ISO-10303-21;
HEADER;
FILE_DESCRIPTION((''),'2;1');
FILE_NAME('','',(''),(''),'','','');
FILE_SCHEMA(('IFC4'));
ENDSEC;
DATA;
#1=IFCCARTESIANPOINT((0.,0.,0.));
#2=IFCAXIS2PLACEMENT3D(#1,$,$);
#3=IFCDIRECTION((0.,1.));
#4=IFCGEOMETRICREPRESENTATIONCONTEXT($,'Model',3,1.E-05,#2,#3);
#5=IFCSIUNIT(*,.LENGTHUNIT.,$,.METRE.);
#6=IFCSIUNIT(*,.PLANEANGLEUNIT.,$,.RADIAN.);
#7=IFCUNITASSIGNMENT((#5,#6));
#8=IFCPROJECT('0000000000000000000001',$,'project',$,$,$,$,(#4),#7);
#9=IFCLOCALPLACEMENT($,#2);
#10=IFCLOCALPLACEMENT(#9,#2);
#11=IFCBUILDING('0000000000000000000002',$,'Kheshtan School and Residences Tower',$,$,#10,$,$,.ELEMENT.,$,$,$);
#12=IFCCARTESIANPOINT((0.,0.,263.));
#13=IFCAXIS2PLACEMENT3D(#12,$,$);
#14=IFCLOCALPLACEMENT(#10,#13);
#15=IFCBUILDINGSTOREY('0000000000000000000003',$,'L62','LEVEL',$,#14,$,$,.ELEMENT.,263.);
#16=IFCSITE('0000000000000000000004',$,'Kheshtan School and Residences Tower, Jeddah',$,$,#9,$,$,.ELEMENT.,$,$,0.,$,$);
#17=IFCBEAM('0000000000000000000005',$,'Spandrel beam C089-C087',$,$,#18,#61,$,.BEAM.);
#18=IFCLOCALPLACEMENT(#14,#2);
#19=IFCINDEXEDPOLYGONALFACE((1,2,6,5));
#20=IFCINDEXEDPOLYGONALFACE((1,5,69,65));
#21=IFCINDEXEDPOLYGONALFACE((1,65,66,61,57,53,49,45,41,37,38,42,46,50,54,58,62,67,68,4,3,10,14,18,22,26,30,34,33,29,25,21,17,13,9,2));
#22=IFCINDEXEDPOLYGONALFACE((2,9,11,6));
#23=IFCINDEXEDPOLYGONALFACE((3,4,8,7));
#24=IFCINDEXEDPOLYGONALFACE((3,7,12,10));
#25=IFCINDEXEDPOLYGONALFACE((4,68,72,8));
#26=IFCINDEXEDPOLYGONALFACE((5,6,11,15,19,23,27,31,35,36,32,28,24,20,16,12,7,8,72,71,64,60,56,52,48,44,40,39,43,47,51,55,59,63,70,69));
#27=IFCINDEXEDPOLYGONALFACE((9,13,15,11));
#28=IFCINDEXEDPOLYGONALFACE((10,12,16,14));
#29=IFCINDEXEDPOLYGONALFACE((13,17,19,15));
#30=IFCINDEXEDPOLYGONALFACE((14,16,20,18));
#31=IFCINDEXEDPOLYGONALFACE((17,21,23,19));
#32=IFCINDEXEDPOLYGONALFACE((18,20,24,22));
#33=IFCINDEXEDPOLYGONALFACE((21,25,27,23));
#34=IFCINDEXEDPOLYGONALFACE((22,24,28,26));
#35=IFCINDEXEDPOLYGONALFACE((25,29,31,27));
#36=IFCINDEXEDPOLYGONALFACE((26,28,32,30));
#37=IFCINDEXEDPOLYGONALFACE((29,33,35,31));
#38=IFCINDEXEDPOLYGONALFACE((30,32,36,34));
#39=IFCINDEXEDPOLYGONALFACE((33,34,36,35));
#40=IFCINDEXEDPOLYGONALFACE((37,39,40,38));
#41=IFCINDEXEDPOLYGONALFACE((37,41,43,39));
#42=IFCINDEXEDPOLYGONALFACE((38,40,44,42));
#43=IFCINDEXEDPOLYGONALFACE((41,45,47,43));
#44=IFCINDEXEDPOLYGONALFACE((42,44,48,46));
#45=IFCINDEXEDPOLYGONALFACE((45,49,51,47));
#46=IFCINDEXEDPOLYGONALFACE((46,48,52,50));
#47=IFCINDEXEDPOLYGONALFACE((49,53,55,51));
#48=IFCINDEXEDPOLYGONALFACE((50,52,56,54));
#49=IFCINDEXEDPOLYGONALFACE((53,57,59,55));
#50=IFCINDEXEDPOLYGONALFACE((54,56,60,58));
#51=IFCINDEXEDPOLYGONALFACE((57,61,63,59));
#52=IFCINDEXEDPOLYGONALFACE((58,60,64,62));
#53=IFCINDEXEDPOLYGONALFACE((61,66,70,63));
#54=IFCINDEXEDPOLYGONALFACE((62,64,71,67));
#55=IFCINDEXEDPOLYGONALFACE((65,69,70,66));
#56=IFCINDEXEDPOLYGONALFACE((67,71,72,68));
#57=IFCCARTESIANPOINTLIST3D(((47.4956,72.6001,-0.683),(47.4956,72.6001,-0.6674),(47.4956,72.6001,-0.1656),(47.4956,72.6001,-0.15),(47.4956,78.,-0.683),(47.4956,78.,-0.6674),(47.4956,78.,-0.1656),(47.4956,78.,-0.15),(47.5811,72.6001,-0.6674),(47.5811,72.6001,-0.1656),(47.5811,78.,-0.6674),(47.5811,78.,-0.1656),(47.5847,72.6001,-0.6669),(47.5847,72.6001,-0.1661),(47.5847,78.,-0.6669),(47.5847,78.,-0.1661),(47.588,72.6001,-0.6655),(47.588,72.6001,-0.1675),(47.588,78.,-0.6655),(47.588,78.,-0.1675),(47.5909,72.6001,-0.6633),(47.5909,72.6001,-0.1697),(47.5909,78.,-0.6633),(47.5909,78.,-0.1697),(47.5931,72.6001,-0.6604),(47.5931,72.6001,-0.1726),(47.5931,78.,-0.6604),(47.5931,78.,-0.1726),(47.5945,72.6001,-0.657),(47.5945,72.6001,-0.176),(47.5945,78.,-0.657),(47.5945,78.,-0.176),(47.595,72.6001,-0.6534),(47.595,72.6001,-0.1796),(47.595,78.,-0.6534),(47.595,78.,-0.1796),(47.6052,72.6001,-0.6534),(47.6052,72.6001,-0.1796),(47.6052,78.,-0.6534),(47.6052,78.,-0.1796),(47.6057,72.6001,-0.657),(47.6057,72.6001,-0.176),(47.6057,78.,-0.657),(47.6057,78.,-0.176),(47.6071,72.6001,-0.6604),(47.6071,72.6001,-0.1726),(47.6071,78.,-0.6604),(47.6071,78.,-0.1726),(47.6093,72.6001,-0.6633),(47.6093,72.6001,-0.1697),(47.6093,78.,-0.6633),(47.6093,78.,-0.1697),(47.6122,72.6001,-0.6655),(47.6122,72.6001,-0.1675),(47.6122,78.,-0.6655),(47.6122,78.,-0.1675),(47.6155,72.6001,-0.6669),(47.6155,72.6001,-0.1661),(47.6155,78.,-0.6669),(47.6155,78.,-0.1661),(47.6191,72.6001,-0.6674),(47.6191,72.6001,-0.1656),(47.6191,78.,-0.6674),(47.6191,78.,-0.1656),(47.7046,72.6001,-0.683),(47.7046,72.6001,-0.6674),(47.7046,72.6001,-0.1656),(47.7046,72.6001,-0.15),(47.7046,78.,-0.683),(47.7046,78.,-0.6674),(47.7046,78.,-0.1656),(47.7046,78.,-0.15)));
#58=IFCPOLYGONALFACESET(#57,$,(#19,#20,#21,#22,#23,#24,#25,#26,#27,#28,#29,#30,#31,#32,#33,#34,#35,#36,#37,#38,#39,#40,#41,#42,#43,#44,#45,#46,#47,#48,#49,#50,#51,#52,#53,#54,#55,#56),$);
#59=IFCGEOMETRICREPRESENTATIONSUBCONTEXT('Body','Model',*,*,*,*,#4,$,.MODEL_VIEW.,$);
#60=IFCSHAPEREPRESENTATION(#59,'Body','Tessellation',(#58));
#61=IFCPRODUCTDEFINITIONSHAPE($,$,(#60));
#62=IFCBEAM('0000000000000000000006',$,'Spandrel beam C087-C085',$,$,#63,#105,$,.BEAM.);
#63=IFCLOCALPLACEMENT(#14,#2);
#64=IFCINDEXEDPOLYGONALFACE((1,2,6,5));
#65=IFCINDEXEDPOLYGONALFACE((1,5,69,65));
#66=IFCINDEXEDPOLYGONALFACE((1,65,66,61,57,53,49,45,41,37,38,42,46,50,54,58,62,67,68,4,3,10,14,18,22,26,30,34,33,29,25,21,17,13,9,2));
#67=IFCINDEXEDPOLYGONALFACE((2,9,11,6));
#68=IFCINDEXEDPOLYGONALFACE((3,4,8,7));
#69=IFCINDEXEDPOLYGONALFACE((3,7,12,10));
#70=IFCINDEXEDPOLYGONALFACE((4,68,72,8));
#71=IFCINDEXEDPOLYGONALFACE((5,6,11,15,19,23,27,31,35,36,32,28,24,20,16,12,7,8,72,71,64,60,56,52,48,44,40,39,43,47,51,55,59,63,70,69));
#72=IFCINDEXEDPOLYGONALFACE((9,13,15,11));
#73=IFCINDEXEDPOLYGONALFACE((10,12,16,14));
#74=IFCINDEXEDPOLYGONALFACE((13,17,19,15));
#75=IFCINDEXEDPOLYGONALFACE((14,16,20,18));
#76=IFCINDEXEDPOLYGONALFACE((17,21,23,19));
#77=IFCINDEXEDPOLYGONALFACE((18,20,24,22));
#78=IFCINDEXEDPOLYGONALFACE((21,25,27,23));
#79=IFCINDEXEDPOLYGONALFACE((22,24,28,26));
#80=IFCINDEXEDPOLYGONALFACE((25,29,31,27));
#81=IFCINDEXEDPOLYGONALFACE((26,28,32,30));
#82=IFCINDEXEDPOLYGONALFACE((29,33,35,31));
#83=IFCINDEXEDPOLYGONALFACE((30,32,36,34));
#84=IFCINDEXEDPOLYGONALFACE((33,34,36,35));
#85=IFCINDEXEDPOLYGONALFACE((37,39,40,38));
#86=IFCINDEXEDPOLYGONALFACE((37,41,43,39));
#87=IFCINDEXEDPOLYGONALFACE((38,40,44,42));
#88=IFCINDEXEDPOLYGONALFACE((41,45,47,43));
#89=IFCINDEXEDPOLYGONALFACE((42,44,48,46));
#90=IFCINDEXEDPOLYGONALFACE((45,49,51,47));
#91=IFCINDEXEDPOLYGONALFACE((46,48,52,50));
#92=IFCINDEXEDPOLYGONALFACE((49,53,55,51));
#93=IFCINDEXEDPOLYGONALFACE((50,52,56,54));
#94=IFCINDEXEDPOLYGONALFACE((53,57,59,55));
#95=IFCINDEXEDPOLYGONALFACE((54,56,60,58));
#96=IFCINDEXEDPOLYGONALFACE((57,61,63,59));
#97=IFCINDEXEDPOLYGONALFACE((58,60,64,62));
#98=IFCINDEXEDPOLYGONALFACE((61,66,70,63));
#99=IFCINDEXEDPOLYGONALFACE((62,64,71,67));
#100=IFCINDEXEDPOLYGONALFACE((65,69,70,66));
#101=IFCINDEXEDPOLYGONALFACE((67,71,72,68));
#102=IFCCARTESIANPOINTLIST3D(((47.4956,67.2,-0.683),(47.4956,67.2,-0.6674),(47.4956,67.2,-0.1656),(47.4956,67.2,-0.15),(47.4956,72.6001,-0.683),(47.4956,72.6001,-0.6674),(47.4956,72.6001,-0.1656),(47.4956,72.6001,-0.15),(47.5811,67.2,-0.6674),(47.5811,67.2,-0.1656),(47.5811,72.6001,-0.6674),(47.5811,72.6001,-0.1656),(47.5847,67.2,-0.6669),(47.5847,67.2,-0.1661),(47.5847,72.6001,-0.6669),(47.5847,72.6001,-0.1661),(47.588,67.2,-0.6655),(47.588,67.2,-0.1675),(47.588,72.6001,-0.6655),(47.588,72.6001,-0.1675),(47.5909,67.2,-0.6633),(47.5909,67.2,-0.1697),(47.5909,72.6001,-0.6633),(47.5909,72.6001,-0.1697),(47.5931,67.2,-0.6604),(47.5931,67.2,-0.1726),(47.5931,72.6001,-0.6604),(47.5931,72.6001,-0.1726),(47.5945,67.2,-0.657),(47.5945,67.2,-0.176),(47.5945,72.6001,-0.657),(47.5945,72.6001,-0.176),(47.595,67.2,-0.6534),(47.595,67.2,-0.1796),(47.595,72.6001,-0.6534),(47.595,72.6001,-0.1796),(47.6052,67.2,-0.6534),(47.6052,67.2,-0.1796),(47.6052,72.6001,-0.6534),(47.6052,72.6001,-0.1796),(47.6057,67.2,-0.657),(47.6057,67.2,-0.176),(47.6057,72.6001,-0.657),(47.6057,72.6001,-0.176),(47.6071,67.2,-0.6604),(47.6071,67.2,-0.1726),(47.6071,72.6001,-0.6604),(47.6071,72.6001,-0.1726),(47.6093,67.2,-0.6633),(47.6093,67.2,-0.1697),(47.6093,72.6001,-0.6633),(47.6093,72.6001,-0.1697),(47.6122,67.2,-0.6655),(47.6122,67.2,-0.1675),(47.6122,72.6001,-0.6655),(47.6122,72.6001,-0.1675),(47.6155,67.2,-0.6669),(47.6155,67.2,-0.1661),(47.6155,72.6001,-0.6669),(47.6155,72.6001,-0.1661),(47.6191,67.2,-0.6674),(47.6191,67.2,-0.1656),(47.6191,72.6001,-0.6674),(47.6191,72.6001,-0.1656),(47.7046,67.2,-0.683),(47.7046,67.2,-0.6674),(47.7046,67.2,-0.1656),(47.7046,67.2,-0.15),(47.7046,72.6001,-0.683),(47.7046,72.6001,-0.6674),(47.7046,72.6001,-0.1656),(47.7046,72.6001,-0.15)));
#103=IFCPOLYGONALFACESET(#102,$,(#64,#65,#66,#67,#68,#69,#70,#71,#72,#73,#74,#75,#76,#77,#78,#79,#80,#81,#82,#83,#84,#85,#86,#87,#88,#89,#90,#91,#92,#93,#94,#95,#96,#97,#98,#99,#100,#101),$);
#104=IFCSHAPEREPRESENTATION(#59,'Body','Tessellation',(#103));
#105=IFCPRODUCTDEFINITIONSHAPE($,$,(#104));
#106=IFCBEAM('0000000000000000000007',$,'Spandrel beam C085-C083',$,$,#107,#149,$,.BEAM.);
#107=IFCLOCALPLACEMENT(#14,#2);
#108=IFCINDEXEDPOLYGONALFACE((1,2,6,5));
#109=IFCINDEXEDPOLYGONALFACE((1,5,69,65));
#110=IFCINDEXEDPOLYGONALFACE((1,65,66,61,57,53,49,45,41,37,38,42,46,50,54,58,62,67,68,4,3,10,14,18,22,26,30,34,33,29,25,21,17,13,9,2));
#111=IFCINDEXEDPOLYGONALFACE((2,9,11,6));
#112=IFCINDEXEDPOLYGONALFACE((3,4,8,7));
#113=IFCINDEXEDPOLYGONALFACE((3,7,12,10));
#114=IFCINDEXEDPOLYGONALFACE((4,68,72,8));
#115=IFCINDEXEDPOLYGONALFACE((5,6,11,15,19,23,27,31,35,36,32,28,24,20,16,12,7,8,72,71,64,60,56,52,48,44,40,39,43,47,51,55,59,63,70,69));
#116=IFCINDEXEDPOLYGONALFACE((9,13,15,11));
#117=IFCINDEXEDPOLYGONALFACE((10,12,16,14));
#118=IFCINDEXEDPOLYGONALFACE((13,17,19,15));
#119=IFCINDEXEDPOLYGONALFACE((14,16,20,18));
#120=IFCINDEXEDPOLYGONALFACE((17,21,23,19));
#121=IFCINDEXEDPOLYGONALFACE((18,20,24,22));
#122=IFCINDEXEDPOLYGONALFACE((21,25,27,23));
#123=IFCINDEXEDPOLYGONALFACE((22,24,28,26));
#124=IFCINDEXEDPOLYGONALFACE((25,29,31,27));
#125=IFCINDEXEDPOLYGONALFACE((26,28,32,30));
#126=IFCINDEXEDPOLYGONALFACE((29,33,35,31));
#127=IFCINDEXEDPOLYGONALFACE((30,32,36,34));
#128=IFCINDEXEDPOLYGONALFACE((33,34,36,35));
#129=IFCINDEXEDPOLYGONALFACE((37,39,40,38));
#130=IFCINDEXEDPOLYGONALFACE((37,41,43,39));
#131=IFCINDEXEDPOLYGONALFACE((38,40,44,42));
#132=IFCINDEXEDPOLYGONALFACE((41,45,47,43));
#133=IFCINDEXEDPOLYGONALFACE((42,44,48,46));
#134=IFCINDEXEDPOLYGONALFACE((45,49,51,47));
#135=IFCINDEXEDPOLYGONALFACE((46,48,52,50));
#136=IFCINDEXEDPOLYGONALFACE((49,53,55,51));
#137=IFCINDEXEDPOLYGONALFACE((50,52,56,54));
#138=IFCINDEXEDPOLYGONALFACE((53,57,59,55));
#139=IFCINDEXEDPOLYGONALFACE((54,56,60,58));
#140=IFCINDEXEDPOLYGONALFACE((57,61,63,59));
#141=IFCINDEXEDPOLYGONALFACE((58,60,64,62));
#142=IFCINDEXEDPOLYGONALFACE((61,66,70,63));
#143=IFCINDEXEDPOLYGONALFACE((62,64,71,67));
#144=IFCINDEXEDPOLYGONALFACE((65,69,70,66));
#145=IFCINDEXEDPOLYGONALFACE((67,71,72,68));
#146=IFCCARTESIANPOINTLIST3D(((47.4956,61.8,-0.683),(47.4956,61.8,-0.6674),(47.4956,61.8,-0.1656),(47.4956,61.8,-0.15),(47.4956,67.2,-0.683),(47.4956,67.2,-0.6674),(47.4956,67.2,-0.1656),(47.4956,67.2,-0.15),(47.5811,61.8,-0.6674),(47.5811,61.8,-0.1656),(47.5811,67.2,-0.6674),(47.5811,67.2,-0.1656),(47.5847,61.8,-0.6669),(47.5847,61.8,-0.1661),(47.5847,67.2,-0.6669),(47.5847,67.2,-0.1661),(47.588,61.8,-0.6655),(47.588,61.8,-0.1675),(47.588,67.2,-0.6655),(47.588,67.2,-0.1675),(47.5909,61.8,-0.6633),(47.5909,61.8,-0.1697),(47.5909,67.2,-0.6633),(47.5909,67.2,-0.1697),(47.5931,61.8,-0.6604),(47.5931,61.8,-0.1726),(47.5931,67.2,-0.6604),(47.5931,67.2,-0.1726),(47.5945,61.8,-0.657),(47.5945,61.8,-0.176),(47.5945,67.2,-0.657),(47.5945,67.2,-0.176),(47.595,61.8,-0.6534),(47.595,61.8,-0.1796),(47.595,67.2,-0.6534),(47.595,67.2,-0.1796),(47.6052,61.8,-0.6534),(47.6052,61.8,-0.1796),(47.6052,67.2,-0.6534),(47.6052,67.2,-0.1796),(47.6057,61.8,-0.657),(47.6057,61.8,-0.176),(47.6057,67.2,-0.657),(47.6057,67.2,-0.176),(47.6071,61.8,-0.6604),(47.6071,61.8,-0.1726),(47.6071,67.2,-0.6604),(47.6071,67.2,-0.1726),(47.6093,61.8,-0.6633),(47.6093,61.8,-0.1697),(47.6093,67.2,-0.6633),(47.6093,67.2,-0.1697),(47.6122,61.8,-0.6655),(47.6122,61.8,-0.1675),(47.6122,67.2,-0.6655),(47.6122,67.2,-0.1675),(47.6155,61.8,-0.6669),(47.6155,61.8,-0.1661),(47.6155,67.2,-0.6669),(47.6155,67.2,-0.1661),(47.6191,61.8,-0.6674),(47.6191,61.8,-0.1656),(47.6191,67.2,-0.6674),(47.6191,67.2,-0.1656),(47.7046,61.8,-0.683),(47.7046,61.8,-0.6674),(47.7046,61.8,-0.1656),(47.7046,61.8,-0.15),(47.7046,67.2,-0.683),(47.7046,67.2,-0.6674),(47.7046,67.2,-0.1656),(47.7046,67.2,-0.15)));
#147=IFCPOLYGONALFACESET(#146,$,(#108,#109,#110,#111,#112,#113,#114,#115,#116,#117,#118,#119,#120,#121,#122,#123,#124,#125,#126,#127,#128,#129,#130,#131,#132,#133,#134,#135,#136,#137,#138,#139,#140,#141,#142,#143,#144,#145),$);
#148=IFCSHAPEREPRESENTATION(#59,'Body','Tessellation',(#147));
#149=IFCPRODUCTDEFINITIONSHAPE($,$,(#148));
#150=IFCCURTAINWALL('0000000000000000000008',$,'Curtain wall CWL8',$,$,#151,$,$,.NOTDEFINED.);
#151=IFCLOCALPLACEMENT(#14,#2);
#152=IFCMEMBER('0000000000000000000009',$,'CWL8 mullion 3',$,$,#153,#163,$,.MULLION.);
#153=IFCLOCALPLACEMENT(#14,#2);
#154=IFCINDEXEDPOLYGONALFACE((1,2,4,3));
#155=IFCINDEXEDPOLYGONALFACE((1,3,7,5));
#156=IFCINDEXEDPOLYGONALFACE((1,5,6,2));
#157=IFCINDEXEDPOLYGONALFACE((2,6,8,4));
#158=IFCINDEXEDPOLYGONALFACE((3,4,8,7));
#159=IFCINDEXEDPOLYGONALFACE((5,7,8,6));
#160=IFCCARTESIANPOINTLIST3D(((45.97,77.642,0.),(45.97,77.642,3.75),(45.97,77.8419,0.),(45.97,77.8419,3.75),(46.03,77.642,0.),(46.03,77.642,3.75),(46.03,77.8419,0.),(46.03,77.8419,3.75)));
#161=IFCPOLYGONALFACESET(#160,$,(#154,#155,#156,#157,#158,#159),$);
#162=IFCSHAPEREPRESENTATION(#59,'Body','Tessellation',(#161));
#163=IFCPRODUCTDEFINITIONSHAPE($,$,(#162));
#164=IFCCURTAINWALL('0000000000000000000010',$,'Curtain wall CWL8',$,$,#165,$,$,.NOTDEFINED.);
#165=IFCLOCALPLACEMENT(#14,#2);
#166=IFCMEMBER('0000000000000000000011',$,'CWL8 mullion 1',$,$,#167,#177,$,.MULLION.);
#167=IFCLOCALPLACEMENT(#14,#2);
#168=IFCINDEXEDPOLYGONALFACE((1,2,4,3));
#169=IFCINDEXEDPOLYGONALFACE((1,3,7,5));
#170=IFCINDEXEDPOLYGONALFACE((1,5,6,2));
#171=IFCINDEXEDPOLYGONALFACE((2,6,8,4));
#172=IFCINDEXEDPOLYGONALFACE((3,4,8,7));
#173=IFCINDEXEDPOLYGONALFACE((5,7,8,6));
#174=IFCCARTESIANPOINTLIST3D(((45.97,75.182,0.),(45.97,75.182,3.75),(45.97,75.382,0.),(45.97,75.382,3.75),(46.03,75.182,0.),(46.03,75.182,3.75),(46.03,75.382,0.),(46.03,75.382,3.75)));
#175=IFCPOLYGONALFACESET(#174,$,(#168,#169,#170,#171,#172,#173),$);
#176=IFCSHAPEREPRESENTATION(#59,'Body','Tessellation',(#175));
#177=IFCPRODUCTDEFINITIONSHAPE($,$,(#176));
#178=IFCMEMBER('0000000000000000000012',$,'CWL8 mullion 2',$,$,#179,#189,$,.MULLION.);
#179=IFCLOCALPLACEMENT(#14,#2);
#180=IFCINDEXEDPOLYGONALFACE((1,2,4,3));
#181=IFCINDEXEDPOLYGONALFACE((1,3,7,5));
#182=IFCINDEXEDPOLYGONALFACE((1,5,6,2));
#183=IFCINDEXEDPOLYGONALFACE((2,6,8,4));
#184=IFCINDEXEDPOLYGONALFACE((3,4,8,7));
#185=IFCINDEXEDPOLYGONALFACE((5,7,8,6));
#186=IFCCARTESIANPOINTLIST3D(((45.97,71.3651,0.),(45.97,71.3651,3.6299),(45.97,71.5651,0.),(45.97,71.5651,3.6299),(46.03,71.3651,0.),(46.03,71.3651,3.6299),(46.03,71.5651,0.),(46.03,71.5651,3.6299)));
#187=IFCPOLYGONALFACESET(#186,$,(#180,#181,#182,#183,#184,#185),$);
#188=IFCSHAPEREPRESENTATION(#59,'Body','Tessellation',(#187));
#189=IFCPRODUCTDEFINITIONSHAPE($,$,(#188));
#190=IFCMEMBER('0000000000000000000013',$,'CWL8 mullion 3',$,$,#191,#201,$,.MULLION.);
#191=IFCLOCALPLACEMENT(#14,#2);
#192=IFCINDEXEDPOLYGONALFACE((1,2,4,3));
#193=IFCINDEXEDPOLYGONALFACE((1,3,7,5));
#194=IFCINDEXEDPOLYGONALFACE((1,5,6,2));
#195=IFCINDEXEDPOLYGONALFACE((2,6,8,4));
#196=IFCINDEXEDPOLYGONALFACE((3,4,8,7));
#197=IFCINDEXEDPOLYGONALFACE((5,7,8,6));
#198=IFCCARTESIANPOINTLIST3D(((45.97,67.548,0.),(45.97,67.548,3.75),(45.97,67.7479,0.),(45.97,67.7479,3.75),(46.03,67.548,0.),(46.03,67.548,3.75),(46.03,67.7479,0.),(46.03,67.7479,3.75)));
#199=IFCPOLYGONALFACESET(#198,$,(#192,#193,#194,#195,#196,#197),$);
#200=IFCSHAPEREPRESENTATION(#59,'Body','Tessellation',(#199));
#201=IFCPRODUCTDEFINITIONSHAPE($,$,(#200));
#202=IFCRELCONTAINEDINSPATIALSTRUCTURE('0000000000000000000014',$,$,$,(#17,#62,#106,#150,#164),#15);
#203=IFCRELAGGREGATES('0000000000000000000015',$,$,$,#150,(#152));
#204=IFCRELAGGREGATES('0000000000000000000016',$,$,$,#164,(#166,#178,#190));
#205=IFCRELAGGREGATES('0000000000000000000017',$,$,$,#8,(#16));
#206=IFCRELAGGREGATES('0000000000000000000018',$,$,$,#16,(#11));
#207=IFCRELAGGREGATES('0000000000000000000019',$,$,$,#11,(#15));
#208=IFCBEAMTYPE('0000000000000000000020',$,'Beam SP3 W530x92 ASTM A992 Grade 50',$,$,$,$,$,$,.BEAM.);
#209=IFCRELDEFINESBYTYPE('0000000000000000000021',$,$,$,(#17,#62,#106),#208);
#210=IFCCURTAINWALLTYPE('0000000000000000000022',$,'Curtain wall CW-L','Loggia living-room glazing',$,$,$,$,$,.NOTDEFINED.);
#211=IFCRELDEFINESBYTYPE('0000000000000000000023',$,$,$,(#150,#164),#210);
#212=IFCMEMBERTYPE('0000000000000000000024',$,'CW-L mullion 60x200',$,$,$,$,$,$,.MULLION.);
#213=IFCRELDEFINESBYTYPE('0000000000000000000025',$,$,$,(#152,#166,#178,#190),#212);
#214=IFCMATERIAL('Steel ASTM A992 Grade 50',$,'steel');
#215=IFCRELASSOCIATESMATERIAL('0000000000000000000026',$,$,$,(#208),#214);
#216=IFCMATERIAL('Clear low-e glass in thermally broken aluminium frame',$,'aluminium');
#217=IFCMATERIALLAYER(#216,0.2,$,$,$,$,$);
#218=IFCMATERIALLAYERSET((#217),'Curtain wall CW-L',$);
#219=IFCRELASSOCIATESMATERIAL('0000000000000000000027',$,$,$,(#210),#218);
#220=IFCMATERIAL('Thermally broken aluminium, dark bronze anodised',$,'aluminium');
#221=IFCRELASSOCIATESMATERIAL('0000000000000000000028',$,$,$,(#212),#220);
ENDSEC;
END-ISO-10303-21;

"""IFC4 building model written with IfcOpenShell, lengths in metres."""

from ifc_helpers import new_model, si_unit, direction, frame, origin, origin_2d, place, context, subcontext, project, spatial, rectangle, i_section, extrude, material, layer, layer_set, material_profile, profile_set, type_object, element, aggregate, save


model = new_model("IFC4")

# Units and contexts
model_context = context("Model", 3, precision=1e-05, world=origin(), true_north=direction((0.0, 1.0)))
body_context = subcontext(model_context, "Body", "Model", "MODEL_VIEW")
ifc_project = project(units=[si_unit("LENGTHUNIT", "METRE"), si_unit("PLANEANGLEUNIT", "RADIAN")], contexts=[model_context])

# Site, building, storey
site_placement = place(None, origin())
site = spatial("IfcSite", under=ifc_project, at=site_placement, Name="Kheshtan School and Residences Tower, Jeddah", CompositionType="ELEMENT", RefElevation=0.0)
building_placement = place(site_placement, origin())
building = spatial("IfcBuilding", under=site, at=building_placement, Name="Kheshtan School and Residences Tower", CompositionType="ELEMENT")
storey_placement = place(building_placement, frame((0.0, 0.0, 263.0)))
storey = spatial("IfcBuildingStorey", under=building, at=storey_placement, Name="L62", Description="LEVEL", CompositionType="ELEMENT", Elevation=263.0)

# Shared definitions
ifc_material_1 = material(Name="Steel ASTM A992 Grade 50", Category="steel")

# Beams
ifc_material_profile_1 = material_profile(ifc_material_1, i_section(OverallWidth=0.209, OverallDepth=0.533, WebThickness=0.0103, FlangeThickness=0.0156, FilletRadius=0.0139, at=origin_2d()), Name="W530x92")
ifc_profile_set_1 = profile_set([ifc_material_profile_1], Name="Steel ASTM A992 Grade 50")
beam_type_1 = type_object("IfcBeamType", Name="Beam SP3 W530x92 ASTM A992 Grade 50", PredefinedType="BEAM", material=ifc_profile_set_1)
beam_1_placement = place(storey_placement, frame((47.6001, 78.0, -0.4165), z_axis=(0.0, -1.0, 0.0), x_axis=(1.0, 0.0, 0.0)))
element("IfcBeam", 1, at=beam_1_placement, inside=storey, type_object=beam_type_1, Name="Spandrel beam C089-C087", PredefinedType="BEAM", context=body_context, shape_type="SweptSolid", body=[
    extrude(i_section(OverallWidth=0.209, OverallDepth=0.533, WebThickness=0.0103, FlangeThickness=0.0156, FilletRadius=0.0139, at=origin_2d()), origin(), (0.0, 0.0, 1.0), 5.3999),
])
beam_2_placement = place(storey_placement, frame((47.6001, 72.6001, -0.4165), z_axis=(0.0, -1.0, 0.0), x_axis=(1.0, 0.0, 0.0)))
element("IfcBeam", 2, at=beam_2_placement, inside=storey, type_object=beam_type_1, Name="Spandrel beam C087-C085", PredefinedType="BEAM", context=body_context, shape_type="SweptSolid", body=[
    extrude(i_section(OverallWidth=0.209, OverallDepth=0.533, WebThickness=0.0103, FlangeThickness=0.0156, FilletRadius=0.0139, at=origin_2d()), origin(), (0.0, 0.0, 1.0), 5.4001),
])
beam_3_placement = place(storey_placement, frame((47.6001, 67.2, -0.4165), z_axis=(0.0, -1.0, 0.0), x_axis=(1.0, 0.0, 0.0)))
element("IfcBeam", 3, at=beam_3_placement, inside=storey, type_object=beam_type_1, Name="Spandrel beam C085-C083", PredefinedType="BEAM", context=body_context, shape_type="SweptSolid", body=[
    extrude(i_section(OverallWidth=0.209, OverallDepth=0.533, WebThickness=0.0103, FlangeThickness=0.0156, FilletRadius=0.0139, at=origin_2d()), origin(), (0.0, 0.0, 1.0), 5.3999),
])

# Curtain wall, member
ifc_material_2 = material(Name="Clear low-e glass in thermally broken aluminium frame", Category="aluminium")
ifc_layer_1 = layer(ifc_material_2, 0.2)
ifc_layer_set_1 = layer_set([ifc_layer_1], Name="Curtain wall CW-L")
curtain_wall_type = type_object("IfcCurtainWallType", Name="Curtain wall CW-L", Description="Loggia living-room glazing", PredefinedType="NOTDEFINED", material=ifc_layer_set_1)
curtain_wall_1_placement = place(storey_placement, origin())
curtain_wall_1 = element("IfcCurtainWall", 4, at=curtain_wall_1_placement, inside=storey, type_object=curtain_wall_type, Name="Curtain wall CWL8", PredefinedType="NOTDEFINED")
ifc_material_3 = material(Name="Thermally broken aluminium, dark bronze anodised", Category="aluminium")
ifc_material_profile_2 = material_profile(ifc_material_3, rectangle(XDim=0.0601, YDim=0.2, at=origin_2d()), Name="CW-L mullion 60x200")
ifc_profile_set_2 = profile_set([ifc_material_profile_2], Name="Thermally broken aluminium, dark bronze anodised")
member_type_1 = type_object("IfcMemberType", Name="CW-L mullion 60x200", PredefinedType="MULLION", material=ifc_profile_set_2)
member_1_placement = place(storey_placement, frame((46.0, 77.7419, 0.0), z_axis=(0.0, 0.0, 1.0), x_axis=(1.0, 0.0, 0.0)))
member_1 = element("IfcMember", 5, at=member_1_placement, type_object=member_type_1, Name="CWL8 mullion 3", PredefinedType="MULLION", context=body_context, shape_type="SweptSolid", body=[
    extrude(rectangle(XDim=0.0601, YDim=0.2, at=origin_2d()), origin(), (0.0, 0.0, 1.0), 3.75),
])
aggregate(curtain_wall_1, [member_1])

# Curtain wall, members
curtain_wall_2_placement = place(storey_placement, origin())
curtain_wall_2 = element("IfcCurtainWall", 6, at=curtain_wall_2_placement, inside=storey, type_object=curtain_wall_type, Name="Curtain wall CWL8", PredefinedType="NOTDEFINED")
member_2_placement = place(storey_placement, frame((46.0, 75.282, 0.0), z_axis=(0.0, 0.0, 1.0), x_axis=(1.0, 0.0, 0.0)))
member_2 = element("IfcMember", 7, at=member_2_placement, type_object=member_type_1, Name="CWL8 mullion 1", PredefinedType="MULLION", context=body_context, shape_type="SweptSolid", body=[
    extrude(rectangle(XDim=0.0601, YDim=0.2, at=origin_2d()), origin(), (0.0, 0.0, 1.0), 3.75),
])
member_3_placement = place(storey_placement, frame((46.0, 71.4651, 0.0), z_axis=(0.0, 0.0, 1.0), x_axis=(1.0, 0.0, 0.0)))
member_3 = element("IfcMember", 8, at=member_3_placement, type_object=member_type_1, Name="CWL8 mullion 2", PredefinedType="MULLION", context=body_context, shape_type="SweptSolid", body=[
    extrude(rectangle(XDim=0.0601, YDim=0.2, at=origin_2d()), origin(), (0.0, 0.0, 1.0), 3.6299),
])
member_4_placement = place(storey_placement, frame((46.0, 67.6479, 0.0), z_axis=(0.0, 0.0, 1.0), x_axis=(1.0, 0.0, 0.0)))
member_4 = element("IfcMember", 9, at=member_4_placement, type_object=member_type_1, Name="CWL8 mullion 3", PredefinedType="MULLION", context=body_context, shape_type="SweptSolid", body=[
    extrude(rectangle(XDim=0.0601, YDim=0.2, at=origin_2d()), origin(), (0.0, 0.0, 1.0), 3.75),
])

aggregate(curtain_wall_2, [member_2, member_3, member_4])

save(model, "model.ifc")
